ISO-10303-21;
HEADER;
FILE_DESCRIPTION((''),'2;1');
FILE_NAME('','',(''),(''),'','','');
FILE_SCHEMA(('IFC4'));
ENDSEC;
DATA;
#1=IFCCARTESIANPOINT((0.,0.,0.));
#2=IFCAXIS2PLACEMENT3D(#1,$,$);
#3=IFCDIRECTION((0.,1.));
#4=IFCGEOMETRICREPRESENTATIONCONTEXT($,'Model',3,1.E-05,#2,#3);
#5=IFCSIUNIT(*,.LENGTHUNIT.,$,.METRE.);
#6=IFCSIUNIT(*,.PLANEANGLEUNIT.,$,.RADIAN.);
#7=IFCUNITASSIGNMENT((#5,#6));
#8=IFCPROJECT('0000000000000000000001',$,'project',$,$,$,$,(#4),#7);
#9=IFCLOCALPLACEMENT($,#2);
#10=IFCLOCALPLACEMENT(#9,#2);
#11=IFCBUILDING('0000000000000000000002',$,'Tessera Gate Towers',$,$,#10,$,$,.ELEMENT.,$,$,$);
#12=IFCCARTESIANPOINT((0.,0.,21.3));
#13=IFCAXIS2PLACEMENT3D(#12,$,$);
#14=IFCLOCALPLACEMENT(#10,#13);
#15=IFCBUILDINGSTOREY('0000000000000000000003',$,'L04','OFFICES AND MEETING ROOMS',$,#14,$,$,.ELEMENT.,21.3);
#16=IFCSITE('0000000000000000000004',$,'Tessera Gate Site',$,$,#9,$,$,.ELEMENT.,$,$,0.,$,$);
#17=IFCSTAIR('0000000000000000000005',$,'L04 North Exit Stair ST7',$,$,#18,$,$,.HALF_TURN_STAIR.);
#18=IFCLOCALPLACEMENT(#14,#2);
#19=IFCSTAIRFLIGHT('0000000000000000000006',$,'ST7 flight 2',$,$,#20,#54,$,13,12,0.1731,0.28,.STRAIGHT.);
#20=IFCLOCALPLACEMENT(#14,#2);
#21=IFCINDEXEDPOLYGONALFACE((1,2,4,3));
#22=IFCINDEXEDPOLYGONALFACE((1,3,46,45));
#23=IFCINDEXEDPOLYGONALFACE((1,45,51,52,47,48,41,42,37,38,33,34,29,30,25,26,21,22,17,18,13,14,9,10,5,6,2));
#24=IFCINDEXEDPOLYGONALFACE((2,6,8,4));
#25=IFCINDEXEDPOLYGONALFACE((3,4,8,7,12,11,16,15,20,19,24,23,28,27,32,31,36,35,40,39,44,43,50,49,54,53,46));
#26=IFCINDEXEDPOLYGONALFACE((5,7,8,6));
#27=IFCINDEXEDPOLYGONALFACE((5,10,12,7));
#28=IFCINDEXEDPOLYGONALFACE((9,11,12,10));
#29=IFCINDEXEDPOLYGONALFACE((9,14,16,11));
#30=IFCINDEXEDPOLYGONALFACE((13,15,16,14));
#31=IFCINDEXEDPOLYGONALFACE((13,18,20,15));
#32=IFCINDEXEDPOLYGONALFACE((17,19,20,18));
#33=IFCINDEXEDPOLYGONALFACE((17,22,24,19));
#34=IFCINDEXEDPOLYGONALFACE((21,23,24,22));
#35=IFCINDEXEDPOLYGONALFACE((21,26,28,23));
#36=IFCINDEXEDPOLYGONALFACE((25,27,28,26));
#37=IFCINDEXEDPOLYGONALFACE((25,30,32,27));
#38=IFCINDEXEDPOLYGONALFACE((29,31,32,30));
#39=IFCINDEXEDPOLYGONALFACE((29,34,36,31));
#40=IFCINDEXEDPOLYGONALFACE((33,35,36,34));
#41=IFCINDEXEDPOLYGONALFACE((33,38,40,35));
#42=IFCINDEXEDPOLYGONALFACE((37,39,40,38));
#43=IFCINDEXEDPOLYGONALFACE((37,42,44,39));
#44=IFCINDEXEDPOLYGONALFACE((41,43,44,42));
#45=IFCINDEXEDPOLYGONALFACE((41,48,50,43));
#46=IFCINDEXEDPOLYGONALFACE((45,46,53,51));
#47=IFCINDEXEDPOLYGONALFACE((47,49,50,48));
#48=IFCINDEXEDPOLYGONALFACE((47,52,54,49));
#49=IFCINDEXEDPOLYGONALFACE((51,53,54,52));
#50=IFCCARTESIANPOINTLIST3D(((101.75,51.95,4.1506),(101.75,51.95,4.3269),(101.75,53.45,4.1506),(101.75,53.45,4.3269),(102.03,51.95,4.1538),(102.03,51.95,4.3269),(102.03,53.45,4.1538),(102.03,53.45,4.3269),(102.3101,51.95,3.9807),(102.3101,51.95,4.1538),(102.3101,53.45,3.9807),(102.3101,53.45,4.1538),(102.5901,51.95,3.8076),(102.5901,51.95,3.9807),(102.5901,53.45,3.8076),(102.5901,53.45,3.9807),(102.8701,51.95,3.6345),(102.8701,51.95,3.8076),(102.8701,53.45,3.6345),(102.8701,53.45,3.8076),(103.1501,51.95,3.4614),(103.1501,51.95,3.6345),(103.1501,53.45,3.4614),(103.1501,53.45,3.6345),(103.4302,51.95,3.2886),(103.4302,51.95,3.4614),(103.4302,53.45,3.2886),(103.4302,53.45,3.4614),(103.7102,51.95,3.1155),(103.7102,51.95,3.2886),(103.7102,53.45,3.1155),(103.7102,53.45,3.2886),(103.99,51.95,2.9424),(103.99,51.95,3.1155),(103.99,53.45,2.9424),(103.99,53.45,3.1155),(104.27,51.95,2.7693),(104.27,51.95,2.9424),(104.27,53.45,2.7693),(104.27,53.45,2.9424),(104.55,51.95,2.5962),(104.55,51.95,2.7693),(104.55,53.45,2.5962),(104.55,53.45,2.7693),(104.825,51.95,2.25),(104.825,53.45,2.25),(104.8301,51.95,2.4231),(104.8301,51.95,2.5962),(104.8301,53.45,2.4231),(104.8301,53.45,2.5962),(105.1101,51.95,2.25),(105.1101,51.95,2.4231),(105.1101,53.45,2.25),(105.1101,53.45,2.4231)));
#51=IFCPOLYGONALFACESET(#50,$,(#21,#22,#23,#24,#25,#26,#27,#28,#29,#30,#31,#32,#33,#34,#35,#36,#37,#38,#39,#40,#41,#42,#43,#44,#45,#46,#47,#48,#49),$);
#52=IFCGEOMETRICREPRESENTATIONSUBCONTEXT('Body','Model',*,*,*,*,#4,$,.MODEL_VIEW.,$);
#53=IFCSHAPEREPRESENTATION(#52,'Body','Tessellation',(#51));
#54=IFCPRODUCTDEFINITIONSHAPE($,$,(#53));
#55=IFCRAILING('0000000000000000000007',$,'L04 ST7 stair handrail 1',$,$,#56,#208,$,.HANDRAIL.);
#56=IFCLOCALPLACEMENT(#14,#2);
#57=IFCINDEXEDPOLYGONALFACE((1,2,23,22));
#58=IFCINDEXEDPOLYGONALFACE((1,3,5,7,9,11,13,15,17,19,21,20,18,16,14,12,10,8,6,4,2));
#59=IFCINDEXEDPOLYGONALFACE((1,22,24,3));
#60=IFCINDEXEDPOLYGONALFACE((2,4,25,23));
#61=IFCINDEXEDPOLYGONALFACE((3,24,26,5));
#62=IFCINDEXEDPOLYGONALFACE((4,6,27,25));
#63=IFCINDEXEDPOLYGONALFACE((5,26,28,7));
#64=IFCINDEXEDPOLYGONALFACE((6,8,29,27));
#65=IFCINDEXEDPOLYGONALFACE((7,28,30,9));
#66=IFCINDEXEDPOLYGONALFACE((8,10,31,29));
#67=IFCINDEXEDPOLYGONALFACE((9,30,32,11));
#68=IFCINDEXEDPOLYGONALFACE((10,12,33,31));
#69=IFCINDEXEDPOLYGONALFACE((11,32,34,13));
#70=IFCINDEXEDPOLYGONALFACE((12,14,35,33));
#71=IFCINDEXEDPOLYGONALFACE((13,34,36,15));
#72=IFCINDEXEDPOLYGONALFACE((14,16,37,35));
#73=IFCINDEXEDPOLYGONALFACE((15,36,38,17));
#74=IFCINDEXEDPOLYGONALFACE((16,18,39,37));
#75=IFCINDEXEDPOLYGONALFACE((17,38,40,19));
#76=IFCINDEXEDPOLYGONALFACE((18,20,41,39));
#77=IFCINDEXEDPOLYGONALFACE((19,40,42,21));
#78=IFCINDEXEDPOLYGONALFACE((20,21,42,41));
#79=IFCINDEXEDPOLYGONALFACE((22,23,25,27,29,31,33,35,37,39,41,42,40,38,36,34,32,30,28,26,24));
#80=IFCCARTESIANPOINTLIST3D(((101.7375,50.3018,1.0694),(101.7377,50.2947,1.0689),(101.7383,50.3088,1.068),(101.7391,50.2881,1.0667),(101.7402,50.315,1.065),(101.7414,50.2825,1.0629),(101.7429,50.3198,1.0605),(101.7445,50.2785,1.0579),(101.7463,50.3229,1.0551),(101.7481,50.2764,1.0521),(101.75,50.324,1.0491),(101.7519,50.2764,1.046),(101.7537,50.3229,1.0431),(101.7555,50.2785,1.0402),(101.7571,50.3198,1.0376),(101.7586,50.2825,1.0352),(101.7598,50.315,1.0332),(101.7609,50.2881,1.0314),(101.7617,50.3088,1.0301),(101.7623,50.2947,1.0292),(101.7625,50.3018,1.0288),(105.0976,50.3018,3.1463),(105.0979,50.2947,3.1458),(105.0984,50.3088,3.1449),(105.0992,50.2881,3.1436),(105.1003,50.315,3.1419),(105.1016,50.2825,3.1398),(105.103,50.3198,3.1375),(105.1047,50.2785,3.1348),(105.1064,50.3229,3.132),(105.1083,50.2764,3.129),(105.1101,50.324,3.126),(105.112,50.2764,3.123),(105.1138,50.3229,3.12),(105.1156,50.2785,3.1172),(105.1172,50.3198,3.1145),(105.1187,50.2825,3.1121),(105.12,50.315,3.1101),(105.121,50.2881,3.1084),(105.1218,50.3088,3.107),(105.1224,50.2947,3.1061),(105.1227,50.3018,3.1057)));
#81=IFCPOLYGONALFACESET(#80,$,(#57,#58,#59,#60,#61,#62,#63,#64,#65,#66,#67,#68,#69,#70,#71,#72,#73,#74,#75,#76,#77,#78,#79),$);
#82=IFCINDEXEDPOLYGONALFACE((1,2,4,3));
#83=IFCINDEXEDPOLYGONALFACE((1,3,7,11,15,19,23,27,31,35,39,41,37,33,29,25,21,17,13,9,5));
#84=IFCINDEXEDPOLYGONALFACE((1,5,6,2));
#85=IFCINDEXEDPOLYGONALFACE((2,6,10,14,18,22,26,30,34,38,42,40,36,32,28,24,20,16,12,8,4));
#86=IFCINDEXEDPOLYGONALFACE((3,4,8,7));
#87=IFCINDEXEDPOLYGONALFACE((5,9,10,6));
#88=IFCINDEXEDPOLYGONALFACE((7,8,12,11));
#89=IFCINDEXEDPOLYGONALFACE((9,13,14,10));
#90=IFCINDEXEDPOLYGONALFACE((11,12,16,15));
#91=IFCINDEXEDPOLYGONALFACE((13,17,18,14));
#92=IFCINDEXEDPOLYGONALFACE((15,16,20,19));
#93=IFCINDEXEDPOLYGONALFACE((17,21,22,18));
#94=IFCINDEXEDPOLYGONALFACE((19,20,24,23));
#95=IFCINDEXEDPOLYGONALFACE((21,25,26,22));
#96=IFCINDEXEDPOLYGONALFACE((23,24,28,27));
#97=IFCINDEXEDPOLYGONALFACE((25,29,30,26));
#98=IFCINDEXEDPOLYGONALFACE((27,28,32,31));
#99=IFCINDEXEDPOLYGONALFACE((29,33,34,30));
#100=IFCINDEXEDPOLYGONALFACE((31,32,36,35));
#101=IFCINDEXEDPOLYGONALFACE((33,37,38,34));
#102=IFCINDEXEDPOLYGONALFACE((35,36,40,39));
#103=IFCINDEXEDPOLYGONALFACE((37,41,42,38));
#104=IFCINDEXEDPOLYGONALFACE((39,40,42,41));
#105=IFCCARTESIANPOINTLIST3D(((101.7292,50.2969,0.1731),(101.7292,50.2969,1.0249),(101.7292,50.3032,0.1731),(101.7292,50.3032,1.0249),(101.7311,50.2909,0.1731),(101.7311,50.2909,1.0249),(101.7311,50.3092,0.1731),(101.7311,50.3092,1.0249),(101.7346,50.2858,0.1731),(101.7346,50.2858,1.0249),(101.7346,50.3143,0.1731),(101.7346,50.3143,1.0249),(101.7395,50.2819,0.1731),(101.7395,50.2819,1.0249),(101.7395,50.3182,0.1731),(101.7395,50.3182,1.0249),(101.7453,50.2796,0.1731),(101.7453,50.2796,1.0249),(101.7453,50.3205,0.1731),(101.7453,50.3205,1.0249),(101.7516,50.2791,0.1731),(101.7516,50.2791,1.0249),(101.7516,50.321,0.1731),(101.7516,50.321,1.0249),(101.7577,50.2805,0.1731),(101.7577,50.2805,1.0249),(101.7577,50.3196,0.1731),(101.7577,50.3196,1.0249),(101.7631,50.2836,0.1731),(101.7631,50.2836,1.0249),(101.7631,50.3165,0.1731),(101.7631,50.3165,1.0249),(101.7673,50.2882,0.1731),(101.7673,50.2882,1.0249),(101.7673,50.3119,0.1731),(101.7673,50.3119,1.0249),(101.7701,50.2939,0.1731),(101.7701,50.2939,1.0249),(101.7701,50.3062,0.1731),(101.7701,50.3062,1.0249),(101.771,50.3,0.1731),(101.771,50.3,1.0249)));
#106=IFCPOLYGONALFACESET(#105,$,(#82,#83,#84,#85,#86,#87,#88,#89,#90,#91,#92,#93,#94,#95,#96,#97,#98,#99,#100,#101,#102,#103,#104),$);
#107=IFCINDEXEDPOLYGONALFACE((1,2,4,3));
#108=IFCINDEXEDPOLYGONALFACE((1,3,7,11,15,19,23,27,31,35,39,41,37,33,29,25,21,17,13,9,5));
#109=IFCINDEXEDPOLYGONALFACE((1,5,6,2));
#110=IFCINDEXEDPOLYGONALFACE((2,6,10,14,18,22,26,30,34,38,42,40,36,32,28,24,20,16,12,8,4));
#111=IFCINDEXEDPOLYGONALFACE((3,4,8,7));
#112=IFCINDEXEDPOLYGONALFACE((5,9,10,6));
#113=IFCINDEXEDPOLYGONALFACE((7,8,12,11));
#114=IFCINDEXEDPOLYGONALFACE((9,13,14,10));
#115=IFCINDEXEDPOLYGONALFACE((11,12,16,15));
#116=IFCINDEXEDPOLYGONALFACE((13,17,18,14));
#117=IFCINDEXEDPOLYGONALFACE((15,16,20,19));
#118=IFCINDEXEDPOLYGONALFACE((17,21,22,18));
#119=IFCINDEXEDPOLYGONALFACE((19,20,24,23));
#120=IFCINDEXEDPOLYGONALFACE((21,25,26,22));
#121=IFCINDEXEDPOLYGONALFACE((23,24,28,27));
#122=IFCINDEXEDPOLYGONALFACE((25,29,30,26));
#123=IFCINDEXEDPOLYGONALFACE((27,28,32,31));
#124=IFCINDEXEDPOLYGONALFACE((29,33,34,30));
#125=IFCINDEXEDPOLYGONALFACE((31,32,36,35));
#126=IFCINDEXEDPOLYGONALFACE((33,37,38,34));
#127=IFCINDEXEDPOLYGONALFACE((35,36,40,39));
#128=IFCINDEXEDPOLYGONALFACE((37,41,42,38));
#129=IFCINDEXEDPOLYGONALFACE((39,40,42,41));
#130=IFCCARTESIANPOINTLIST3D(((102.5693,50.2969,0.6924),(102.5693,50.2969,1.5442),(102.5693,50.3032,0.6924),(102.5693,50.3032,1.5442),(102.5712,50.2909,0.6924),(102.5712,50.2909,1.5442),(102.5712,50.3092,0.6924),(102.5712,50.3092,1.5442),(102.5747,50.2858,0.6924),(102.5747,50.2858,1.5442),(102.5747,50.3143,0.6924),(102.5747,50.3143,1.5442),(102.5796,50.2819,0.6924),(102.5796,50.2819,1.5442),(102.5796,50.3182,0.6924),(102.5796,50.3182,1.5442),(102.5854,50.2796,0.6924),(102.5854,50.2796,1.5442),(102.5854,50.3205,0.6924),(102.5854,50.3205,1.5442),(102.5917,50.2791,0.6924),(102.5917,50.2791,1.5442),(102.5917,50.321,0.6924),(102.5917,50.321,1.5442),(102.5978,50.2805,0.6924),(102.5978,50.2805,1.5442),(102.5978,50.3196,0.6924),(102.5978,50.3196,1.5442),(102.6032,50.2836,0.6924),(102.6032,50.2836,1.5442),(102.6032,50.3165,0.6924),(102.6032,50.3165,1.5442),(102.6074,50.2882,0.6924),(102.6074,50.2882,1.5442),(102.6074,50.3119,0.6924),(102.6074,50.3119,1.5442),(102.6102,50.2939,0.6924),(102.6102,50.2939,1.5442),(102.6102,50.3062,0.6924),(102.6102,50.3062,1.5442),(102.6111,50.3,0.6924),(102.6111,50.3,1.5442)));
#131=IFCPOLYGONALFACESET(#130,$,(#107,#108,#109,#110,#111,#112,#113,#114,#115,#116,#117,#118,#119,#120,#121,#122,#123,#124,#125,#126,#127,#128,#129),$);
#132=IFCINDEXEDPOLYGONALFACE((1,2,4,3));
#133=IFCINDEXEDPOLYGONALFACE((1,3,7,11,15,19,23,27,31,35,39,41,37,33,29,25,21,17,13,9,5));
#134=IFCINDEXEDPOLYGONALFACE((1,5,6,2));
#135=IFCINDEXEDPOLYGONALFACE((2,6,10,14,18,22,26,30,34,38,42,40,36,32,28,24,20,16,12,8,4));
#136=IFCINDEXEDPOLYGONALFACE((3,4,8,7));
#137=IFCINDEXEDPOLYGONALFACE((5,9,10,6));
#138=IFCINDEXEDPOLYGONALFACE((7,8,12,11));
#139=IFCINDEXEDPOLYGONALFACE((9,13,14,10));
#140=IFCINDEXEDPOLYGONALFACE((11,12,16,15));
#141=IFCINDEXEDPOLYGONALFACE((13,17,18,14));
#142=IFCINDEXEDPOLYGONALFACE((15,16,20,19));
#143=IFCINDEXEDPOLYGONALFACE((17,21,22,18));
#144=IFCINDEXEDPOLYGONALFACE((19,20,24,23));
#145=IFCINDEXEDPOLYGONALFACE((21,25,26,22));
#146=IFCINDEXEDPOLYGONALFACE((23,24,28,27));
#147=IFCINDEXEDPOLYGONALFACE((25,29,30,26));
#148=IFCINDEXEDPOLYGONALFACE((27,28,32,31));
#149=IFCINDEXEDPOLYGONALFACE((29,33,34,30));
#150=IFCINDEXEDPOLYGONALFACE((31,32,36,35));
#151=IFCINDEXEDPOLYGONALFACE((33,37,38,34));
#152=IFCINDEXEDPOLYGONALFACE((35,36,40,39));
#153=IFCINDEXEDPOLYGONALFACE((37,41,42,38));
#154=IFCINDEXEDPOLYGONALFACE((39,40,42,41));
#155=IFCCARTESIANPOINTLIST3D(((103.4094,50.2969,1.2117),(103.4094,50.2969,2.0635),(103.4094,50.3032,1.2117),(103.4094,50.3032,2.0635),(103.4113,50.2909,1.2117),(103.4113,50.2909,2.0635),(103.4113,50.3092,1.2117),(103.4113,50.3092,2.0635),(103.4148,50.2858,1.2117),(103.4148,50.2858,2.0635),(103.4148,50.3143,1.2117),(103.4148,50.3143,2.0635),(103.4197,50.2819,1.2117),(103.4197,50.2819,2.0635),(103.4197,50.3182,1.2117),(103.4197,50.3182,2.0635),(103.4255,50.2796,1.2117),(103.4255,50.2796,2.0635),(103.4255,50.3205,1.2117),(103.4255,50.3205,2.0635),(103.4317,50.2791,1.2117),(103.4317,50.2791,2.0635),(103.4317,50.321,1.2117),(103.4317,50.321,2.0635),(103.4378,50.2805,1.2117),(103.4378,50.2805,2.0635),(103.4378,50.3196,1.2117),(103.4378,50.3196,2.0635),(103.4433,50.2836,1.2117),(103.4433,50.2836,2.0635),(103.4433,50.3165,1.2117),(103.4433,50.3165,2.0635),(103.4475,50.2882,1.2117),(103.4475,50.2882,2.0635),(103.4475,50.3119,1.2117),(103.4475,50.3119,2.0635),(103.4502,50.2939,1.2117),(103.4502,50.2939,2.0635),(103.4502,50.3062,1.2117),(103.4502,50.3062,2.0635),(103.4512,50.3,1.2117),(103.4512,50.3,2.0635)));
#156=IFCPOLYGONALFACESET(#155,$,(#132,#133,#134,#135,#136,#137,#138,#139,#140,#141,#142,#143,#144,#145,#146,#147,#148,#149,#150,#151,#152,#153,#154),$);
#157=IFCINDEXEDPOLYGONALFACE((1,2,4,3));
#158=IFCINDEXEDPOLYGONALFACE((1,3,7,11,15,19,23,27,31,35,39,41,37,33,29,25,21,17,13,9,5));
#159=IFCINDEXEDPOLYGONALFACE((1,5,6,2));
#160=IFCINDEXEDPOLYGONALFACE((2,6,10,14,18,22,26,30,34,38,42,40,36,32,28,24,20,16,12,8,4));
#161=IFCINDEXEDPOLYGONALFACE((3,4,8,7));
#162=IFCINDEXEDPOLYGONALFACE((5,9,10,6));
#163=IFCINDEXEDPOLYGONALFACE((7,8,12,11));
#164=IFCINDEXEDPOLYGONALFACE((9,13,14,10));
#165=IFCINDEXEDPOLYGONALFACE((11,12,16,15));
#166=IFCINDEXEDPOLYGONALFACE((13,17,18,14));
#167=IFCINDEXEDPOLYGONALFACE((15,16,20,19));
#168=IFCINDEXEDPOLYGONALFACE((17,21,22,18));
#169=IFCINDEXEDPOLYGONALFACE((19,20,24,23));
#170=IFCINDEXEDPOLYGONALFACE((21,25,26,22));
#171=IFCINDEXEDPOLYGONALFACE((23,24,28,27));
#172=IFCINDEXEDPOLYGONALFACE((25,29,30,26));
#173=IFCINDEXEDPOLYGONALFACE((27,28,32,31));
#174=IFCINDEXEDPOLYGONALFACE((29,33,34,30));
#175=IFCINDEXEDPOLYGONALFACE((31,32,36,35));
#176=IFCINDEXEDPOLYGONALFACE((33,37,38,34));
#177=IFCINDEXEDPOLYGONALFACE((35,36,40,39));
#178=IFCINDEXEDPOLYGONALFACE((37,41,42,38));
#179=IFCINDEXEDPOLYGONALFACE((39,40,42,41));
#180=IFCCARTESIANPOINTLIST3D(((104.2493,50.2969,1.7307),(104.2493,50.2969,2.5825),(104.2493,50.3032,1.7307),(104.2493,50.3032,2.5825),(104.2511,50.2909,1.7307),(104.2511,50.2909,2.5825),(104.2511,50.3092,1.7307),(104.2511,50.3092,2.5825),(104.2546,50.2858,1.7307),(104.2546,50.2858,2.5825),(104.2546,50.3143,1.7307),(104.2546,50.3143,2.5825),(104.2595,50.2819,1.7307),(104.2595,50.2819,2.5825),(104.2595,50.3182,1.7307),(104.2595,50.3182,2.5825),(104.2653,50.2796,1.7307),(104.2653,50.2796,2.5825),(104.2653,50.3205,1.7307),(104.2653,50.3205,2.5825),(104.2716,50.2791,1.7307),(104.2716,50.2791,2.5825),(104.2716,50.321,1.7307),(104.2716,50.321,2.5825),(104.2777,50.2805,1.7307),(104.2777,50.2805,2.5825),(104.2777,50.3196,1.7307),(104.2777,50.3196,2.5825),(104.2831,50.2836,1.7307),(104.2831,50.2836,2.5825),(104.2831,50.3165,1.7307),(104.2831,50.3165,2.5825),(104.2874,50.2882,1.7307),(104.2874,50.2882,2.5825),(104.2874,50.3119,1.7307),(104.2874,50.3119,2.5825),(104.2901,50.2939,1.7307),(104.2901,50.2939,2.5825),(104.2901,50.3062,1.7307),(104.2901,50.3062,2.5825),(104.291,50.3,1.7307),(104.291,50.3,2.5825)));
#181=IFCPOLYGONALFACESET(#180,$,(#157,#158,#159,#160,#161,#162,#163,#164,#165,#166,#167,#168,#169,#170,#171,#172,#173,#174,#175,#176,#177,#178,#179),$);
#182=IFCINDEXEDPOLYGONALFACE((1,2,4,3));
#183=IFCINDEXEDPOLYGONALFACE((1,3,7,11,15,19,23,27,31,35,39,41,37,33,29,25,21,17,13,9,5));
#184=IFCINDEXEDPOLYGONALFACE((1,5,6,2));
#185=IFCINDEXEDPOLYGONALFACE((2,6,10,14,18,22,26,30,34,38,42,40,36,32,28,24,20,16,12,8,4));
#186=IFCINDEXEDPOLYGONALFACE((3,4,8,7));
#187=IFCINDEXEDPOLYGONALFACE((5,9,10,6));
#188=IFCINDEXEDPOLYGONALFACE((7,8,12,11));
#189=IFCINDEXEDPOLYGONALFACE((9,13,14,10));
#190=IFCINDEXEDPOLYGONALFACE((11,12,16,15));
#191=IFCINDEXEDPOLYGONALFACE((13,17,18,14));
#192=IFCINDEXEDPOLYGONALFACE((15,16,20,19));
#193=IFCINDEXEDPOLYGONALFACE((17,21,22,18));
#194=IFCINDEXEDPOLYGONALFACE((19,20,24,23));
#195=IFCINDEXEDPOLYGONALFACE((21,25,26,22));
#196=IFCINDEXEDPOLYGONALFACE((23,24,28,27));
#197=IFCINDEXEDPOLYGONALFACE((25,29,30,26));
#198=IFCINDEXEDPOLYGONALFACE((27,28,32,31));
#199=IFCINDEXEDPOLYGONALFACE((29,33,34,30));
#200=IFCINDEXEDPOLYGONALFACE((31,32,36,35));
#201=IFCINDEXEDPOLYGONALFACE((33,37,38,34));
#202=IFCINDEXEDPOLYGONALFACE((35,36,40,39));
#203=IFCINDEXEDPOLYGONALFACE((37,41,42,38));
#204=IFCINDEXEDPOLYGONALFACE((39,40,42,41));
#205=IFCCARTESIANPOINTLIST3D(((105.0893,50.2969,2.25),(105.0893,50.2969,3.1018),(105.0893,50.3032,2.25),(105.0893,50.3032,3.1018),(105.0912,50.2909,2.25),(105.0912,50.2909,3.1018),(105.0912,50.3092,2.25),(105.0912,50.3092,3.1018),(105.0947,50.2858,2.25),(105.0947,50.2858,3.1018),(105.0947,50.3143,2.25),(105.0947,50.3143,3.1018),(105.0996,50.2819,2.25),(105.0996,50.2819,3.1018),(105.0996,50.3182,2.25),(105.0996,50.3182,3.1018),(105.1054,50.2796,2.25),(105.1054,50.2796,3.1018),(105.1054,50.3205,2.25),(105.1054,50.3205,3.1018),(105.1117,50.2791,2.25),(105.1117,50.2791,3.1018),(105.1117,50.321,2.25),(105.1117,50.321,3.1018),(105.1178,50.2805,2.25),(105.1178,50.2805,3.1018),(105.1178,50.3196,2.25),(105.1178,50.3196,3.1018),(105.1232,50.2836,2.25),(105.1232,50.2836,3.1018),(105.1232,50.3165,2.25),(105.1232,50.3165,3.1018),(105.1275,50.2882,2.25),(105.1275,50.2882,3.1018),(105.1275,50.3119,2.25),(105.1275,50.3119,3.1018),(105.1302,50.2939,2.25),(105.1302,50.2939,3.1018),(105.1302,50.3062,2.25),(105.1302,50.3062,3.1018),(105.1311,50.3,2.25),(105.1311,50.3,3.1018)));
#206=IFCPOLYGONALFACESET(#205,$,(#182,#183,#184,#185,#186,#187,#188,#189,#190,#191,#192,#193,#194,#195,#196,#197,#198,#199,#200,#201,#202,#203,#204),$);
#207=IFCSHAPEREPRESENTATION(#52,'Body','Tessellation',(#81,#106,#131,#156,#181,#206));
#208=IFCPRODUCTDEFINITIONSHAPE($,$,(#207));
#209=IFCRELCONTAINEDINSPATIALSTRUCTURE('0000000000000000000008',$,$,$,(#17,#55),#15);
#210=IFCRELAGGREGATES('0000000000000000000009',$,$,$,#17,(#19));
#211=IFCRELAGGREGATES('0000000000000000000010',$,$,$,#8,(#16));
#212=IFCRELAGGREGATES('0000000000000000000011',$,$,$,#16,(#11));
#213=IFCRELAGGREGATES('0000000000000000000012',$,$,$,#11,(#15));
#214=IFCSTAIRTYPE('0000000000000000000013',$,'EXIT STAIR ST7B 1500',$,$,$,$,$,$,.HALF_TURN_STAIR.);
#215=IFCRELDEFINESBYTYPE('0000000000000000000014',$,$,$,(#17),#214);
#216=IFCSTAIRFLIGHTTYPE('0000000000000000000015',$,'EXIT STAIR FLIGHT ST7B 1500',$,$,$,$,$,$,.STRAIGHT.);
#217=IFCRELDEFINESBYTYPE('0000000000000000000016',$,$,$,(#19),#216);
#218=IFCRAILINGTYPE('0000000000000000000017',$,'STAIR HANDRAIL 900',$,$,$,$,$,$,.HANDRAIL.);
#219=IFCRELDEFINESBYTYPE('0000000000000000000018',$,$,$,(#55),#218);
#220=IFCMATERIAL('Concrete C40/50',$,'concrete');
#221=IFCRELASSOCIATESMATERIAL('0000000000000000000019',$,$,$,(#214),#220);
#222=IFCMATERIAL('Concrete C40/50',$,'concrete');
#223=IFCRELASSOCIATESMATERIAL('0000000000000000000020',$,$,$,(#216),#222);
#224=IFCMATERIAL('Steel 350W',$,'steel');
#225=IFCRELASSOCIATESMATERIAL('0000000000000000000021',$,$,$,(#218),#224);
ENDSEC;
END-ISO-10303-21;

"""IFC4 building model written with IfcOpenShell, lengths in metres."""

from ifc_helpers import new_model, si_unit, direction, frame, origin, origin_2d, place, context, subcontext, project, spatial, polyline, circle, outline, extrude, material, type_object, element, aggregate, save


model = new_model("IFC4")

# Units and contexts
model_context = context("Model", 3, precision=1e-05, world=origin(), true_north=direction((0.0, 1.0)))
body_context = subcontext(model_context, "Body", "Model", "MODEL_VIEW")
ifc_project = project(units=[si_unit("LENGTHUNIT", "METRE"), si_unit("PLANEANGLEUNIT", "RADIAN")], contexts=[model_context])

# Site, building, storey
site_placement = place(None, origin())
site = spatial("IfcSite", under=ifc_project, at=site_placement, Name="Tessera Gate Site", CompositionType="ELEMENT", RefElevation=0.0)
building_placement = place(site_placement, origin())
building = spatial("IfcBuilding", under=site, at=building_placement, Name="Tessera Gate Towers", CompositionType="ELEMENT")
storey_placement = place(building_placement, frame((0.0, 0.0, 21.3)))
storey = spatial("IfcBuildingStorey", under=building, at=storey_placement, Name="L04", Description="OFFICES AND MEETING ROOMS", CompositionType="ELEMENT", Elevation=21.3)

# Stair, stair flight
ifc_material_1 = material(Name="Concrete C40/50", Category="concrete")
stair_type = type_object("IfcStairType", Name="EXIT STAIR ST7B 1500", PredefinedType="HALF_TURN_STAIR", material=ifc_material_1)
stair_placement = place(storey_placement, origin())
stair = element("IfcStair", 1, at=stair_placement, inside=storey, type_object=stair_type, Name="L04 North Exit Stair ST7", PredefinedType="HALF_TURN_STAIR")
ifc_material_2 = material(Name="Concrete C40/50", Category="concrete")
stair_flight_type = type_object("IfcStairFlightType", Name="EXIT STAIR FLIGHT ST7B 1500", PredefinedType="STRAIGHT", material=ifc_material_2)
stair_flight_1_placement = place(storey_placement, frame((105.1101, 52.7, 2.25), z_axis=(0.0, 0.0, 1.0), x_axis=(-1.0, 0.0, 0.0)))
stair_flight_1 = element("IfcStairFlight", 2, at=stair_flight_1_placement, type_object=stair_flight_type, Name="ST7 flight 2", NumberOfRisers=13, NumberOfTreads=12, PredefinedType="STRAIGHT", RiserHeight=0.1731, TreadLength=0.28, context=body_context, shape_type="SweptSolid", body=[
    extrude(outline(polyline([(0.0, 0.0), (0.0, 0.1731), (0.28, 0.1731), (0.28, 0.3462), (0.5601, 0.3462), (0.5601, 0.5193), (0.8401, 0.5193), (0.8401, 0.6924), (1.1201, 0.6924), (1.1201, 0.8655), (1.3999, 0.8655), (1.3999, 1.0386), (1.6799, 1.0386), (1.6799, 1.2114), (1.96, 1.2114), (1.96, 1.3845), (2.24, 1.3845), (2.24, 1.5576), (2.52, 1.5576), (2.52, 1.7307), (2.8, 1.7307), (2.8, 1.9038), (3.0801, 1.9038), (3.0801, 2.0769), (3.3601, 2.0769), (3.3601, 2.25), (3.3601, 1.9006), (0.2852, 0.0), (0.0, 0.0)])), frame((0.0, 0.75, 0.0), z_axis=(0.0, -1.0, 0.0), x_axis=(1.0, 0.0, 0.0)), (0.0, 0.0, 1.0), 1.5),
])
aggregate(stair, [stair_flight_1])

# Railing
ifc_material_3 = material(Name="Steel 350W", Category="steel")
railing_type_1 = type_object("IfcRailingType", Name="STAIR HANDRAIL 900", PredefinedType="HANDRAIL", material=ifc_material_3)
railing_1_placement = place(storey_placement, frame((101.75, 50.3, 0.1731)))
element("IfcRailing", 3, at=railing_1_placement, inside=storey, type_object=railing_type_1, Name="L04 ST7 stair handrail 1", PredefinedType="HANDRAIL", context=body_context, shape_type="SweptSolid", body=[
    extrude(circle(Radius=0.0239, at=origin_2d()), frame((0.0, 0.0, 0.876), z_axis=(0.850623, 0.0, 0.525776), x_axis=(0.0, 1.0, 0.0)), (0.0, 0.0, 1.0), 3.9502),
    extrude(circle(Radius=0.021, at=origin_2d()), origin(), (0.0, 0.0, 1.0), 0.8518),
    extrude(circle(Radius=0.021, at=origin_2d()), frame((0.8401, 0.0, 0.5193)), (0.0, 0.0, 1.0), 0.8518),
    extrude(circle(Radius=0.021, at=origin_2d()), frame((1.6802, 0.0, 1.0386)), (0.0, 0.0, 1.0), 0.8518),
    extrude(circle(Radius=0.021, at=origin_2d()), frame((2.52, 0.0, 1.5576)), (0.0, 0.0, 1.0), 0.8518),
    extrude(circle(Radius=0.021, at=origin_2d()), frame((3.3601, 0.0, 2.0769)), (0.0, 0.0, 1.0), 0.8518),
])

save(model, "model.ifc")
